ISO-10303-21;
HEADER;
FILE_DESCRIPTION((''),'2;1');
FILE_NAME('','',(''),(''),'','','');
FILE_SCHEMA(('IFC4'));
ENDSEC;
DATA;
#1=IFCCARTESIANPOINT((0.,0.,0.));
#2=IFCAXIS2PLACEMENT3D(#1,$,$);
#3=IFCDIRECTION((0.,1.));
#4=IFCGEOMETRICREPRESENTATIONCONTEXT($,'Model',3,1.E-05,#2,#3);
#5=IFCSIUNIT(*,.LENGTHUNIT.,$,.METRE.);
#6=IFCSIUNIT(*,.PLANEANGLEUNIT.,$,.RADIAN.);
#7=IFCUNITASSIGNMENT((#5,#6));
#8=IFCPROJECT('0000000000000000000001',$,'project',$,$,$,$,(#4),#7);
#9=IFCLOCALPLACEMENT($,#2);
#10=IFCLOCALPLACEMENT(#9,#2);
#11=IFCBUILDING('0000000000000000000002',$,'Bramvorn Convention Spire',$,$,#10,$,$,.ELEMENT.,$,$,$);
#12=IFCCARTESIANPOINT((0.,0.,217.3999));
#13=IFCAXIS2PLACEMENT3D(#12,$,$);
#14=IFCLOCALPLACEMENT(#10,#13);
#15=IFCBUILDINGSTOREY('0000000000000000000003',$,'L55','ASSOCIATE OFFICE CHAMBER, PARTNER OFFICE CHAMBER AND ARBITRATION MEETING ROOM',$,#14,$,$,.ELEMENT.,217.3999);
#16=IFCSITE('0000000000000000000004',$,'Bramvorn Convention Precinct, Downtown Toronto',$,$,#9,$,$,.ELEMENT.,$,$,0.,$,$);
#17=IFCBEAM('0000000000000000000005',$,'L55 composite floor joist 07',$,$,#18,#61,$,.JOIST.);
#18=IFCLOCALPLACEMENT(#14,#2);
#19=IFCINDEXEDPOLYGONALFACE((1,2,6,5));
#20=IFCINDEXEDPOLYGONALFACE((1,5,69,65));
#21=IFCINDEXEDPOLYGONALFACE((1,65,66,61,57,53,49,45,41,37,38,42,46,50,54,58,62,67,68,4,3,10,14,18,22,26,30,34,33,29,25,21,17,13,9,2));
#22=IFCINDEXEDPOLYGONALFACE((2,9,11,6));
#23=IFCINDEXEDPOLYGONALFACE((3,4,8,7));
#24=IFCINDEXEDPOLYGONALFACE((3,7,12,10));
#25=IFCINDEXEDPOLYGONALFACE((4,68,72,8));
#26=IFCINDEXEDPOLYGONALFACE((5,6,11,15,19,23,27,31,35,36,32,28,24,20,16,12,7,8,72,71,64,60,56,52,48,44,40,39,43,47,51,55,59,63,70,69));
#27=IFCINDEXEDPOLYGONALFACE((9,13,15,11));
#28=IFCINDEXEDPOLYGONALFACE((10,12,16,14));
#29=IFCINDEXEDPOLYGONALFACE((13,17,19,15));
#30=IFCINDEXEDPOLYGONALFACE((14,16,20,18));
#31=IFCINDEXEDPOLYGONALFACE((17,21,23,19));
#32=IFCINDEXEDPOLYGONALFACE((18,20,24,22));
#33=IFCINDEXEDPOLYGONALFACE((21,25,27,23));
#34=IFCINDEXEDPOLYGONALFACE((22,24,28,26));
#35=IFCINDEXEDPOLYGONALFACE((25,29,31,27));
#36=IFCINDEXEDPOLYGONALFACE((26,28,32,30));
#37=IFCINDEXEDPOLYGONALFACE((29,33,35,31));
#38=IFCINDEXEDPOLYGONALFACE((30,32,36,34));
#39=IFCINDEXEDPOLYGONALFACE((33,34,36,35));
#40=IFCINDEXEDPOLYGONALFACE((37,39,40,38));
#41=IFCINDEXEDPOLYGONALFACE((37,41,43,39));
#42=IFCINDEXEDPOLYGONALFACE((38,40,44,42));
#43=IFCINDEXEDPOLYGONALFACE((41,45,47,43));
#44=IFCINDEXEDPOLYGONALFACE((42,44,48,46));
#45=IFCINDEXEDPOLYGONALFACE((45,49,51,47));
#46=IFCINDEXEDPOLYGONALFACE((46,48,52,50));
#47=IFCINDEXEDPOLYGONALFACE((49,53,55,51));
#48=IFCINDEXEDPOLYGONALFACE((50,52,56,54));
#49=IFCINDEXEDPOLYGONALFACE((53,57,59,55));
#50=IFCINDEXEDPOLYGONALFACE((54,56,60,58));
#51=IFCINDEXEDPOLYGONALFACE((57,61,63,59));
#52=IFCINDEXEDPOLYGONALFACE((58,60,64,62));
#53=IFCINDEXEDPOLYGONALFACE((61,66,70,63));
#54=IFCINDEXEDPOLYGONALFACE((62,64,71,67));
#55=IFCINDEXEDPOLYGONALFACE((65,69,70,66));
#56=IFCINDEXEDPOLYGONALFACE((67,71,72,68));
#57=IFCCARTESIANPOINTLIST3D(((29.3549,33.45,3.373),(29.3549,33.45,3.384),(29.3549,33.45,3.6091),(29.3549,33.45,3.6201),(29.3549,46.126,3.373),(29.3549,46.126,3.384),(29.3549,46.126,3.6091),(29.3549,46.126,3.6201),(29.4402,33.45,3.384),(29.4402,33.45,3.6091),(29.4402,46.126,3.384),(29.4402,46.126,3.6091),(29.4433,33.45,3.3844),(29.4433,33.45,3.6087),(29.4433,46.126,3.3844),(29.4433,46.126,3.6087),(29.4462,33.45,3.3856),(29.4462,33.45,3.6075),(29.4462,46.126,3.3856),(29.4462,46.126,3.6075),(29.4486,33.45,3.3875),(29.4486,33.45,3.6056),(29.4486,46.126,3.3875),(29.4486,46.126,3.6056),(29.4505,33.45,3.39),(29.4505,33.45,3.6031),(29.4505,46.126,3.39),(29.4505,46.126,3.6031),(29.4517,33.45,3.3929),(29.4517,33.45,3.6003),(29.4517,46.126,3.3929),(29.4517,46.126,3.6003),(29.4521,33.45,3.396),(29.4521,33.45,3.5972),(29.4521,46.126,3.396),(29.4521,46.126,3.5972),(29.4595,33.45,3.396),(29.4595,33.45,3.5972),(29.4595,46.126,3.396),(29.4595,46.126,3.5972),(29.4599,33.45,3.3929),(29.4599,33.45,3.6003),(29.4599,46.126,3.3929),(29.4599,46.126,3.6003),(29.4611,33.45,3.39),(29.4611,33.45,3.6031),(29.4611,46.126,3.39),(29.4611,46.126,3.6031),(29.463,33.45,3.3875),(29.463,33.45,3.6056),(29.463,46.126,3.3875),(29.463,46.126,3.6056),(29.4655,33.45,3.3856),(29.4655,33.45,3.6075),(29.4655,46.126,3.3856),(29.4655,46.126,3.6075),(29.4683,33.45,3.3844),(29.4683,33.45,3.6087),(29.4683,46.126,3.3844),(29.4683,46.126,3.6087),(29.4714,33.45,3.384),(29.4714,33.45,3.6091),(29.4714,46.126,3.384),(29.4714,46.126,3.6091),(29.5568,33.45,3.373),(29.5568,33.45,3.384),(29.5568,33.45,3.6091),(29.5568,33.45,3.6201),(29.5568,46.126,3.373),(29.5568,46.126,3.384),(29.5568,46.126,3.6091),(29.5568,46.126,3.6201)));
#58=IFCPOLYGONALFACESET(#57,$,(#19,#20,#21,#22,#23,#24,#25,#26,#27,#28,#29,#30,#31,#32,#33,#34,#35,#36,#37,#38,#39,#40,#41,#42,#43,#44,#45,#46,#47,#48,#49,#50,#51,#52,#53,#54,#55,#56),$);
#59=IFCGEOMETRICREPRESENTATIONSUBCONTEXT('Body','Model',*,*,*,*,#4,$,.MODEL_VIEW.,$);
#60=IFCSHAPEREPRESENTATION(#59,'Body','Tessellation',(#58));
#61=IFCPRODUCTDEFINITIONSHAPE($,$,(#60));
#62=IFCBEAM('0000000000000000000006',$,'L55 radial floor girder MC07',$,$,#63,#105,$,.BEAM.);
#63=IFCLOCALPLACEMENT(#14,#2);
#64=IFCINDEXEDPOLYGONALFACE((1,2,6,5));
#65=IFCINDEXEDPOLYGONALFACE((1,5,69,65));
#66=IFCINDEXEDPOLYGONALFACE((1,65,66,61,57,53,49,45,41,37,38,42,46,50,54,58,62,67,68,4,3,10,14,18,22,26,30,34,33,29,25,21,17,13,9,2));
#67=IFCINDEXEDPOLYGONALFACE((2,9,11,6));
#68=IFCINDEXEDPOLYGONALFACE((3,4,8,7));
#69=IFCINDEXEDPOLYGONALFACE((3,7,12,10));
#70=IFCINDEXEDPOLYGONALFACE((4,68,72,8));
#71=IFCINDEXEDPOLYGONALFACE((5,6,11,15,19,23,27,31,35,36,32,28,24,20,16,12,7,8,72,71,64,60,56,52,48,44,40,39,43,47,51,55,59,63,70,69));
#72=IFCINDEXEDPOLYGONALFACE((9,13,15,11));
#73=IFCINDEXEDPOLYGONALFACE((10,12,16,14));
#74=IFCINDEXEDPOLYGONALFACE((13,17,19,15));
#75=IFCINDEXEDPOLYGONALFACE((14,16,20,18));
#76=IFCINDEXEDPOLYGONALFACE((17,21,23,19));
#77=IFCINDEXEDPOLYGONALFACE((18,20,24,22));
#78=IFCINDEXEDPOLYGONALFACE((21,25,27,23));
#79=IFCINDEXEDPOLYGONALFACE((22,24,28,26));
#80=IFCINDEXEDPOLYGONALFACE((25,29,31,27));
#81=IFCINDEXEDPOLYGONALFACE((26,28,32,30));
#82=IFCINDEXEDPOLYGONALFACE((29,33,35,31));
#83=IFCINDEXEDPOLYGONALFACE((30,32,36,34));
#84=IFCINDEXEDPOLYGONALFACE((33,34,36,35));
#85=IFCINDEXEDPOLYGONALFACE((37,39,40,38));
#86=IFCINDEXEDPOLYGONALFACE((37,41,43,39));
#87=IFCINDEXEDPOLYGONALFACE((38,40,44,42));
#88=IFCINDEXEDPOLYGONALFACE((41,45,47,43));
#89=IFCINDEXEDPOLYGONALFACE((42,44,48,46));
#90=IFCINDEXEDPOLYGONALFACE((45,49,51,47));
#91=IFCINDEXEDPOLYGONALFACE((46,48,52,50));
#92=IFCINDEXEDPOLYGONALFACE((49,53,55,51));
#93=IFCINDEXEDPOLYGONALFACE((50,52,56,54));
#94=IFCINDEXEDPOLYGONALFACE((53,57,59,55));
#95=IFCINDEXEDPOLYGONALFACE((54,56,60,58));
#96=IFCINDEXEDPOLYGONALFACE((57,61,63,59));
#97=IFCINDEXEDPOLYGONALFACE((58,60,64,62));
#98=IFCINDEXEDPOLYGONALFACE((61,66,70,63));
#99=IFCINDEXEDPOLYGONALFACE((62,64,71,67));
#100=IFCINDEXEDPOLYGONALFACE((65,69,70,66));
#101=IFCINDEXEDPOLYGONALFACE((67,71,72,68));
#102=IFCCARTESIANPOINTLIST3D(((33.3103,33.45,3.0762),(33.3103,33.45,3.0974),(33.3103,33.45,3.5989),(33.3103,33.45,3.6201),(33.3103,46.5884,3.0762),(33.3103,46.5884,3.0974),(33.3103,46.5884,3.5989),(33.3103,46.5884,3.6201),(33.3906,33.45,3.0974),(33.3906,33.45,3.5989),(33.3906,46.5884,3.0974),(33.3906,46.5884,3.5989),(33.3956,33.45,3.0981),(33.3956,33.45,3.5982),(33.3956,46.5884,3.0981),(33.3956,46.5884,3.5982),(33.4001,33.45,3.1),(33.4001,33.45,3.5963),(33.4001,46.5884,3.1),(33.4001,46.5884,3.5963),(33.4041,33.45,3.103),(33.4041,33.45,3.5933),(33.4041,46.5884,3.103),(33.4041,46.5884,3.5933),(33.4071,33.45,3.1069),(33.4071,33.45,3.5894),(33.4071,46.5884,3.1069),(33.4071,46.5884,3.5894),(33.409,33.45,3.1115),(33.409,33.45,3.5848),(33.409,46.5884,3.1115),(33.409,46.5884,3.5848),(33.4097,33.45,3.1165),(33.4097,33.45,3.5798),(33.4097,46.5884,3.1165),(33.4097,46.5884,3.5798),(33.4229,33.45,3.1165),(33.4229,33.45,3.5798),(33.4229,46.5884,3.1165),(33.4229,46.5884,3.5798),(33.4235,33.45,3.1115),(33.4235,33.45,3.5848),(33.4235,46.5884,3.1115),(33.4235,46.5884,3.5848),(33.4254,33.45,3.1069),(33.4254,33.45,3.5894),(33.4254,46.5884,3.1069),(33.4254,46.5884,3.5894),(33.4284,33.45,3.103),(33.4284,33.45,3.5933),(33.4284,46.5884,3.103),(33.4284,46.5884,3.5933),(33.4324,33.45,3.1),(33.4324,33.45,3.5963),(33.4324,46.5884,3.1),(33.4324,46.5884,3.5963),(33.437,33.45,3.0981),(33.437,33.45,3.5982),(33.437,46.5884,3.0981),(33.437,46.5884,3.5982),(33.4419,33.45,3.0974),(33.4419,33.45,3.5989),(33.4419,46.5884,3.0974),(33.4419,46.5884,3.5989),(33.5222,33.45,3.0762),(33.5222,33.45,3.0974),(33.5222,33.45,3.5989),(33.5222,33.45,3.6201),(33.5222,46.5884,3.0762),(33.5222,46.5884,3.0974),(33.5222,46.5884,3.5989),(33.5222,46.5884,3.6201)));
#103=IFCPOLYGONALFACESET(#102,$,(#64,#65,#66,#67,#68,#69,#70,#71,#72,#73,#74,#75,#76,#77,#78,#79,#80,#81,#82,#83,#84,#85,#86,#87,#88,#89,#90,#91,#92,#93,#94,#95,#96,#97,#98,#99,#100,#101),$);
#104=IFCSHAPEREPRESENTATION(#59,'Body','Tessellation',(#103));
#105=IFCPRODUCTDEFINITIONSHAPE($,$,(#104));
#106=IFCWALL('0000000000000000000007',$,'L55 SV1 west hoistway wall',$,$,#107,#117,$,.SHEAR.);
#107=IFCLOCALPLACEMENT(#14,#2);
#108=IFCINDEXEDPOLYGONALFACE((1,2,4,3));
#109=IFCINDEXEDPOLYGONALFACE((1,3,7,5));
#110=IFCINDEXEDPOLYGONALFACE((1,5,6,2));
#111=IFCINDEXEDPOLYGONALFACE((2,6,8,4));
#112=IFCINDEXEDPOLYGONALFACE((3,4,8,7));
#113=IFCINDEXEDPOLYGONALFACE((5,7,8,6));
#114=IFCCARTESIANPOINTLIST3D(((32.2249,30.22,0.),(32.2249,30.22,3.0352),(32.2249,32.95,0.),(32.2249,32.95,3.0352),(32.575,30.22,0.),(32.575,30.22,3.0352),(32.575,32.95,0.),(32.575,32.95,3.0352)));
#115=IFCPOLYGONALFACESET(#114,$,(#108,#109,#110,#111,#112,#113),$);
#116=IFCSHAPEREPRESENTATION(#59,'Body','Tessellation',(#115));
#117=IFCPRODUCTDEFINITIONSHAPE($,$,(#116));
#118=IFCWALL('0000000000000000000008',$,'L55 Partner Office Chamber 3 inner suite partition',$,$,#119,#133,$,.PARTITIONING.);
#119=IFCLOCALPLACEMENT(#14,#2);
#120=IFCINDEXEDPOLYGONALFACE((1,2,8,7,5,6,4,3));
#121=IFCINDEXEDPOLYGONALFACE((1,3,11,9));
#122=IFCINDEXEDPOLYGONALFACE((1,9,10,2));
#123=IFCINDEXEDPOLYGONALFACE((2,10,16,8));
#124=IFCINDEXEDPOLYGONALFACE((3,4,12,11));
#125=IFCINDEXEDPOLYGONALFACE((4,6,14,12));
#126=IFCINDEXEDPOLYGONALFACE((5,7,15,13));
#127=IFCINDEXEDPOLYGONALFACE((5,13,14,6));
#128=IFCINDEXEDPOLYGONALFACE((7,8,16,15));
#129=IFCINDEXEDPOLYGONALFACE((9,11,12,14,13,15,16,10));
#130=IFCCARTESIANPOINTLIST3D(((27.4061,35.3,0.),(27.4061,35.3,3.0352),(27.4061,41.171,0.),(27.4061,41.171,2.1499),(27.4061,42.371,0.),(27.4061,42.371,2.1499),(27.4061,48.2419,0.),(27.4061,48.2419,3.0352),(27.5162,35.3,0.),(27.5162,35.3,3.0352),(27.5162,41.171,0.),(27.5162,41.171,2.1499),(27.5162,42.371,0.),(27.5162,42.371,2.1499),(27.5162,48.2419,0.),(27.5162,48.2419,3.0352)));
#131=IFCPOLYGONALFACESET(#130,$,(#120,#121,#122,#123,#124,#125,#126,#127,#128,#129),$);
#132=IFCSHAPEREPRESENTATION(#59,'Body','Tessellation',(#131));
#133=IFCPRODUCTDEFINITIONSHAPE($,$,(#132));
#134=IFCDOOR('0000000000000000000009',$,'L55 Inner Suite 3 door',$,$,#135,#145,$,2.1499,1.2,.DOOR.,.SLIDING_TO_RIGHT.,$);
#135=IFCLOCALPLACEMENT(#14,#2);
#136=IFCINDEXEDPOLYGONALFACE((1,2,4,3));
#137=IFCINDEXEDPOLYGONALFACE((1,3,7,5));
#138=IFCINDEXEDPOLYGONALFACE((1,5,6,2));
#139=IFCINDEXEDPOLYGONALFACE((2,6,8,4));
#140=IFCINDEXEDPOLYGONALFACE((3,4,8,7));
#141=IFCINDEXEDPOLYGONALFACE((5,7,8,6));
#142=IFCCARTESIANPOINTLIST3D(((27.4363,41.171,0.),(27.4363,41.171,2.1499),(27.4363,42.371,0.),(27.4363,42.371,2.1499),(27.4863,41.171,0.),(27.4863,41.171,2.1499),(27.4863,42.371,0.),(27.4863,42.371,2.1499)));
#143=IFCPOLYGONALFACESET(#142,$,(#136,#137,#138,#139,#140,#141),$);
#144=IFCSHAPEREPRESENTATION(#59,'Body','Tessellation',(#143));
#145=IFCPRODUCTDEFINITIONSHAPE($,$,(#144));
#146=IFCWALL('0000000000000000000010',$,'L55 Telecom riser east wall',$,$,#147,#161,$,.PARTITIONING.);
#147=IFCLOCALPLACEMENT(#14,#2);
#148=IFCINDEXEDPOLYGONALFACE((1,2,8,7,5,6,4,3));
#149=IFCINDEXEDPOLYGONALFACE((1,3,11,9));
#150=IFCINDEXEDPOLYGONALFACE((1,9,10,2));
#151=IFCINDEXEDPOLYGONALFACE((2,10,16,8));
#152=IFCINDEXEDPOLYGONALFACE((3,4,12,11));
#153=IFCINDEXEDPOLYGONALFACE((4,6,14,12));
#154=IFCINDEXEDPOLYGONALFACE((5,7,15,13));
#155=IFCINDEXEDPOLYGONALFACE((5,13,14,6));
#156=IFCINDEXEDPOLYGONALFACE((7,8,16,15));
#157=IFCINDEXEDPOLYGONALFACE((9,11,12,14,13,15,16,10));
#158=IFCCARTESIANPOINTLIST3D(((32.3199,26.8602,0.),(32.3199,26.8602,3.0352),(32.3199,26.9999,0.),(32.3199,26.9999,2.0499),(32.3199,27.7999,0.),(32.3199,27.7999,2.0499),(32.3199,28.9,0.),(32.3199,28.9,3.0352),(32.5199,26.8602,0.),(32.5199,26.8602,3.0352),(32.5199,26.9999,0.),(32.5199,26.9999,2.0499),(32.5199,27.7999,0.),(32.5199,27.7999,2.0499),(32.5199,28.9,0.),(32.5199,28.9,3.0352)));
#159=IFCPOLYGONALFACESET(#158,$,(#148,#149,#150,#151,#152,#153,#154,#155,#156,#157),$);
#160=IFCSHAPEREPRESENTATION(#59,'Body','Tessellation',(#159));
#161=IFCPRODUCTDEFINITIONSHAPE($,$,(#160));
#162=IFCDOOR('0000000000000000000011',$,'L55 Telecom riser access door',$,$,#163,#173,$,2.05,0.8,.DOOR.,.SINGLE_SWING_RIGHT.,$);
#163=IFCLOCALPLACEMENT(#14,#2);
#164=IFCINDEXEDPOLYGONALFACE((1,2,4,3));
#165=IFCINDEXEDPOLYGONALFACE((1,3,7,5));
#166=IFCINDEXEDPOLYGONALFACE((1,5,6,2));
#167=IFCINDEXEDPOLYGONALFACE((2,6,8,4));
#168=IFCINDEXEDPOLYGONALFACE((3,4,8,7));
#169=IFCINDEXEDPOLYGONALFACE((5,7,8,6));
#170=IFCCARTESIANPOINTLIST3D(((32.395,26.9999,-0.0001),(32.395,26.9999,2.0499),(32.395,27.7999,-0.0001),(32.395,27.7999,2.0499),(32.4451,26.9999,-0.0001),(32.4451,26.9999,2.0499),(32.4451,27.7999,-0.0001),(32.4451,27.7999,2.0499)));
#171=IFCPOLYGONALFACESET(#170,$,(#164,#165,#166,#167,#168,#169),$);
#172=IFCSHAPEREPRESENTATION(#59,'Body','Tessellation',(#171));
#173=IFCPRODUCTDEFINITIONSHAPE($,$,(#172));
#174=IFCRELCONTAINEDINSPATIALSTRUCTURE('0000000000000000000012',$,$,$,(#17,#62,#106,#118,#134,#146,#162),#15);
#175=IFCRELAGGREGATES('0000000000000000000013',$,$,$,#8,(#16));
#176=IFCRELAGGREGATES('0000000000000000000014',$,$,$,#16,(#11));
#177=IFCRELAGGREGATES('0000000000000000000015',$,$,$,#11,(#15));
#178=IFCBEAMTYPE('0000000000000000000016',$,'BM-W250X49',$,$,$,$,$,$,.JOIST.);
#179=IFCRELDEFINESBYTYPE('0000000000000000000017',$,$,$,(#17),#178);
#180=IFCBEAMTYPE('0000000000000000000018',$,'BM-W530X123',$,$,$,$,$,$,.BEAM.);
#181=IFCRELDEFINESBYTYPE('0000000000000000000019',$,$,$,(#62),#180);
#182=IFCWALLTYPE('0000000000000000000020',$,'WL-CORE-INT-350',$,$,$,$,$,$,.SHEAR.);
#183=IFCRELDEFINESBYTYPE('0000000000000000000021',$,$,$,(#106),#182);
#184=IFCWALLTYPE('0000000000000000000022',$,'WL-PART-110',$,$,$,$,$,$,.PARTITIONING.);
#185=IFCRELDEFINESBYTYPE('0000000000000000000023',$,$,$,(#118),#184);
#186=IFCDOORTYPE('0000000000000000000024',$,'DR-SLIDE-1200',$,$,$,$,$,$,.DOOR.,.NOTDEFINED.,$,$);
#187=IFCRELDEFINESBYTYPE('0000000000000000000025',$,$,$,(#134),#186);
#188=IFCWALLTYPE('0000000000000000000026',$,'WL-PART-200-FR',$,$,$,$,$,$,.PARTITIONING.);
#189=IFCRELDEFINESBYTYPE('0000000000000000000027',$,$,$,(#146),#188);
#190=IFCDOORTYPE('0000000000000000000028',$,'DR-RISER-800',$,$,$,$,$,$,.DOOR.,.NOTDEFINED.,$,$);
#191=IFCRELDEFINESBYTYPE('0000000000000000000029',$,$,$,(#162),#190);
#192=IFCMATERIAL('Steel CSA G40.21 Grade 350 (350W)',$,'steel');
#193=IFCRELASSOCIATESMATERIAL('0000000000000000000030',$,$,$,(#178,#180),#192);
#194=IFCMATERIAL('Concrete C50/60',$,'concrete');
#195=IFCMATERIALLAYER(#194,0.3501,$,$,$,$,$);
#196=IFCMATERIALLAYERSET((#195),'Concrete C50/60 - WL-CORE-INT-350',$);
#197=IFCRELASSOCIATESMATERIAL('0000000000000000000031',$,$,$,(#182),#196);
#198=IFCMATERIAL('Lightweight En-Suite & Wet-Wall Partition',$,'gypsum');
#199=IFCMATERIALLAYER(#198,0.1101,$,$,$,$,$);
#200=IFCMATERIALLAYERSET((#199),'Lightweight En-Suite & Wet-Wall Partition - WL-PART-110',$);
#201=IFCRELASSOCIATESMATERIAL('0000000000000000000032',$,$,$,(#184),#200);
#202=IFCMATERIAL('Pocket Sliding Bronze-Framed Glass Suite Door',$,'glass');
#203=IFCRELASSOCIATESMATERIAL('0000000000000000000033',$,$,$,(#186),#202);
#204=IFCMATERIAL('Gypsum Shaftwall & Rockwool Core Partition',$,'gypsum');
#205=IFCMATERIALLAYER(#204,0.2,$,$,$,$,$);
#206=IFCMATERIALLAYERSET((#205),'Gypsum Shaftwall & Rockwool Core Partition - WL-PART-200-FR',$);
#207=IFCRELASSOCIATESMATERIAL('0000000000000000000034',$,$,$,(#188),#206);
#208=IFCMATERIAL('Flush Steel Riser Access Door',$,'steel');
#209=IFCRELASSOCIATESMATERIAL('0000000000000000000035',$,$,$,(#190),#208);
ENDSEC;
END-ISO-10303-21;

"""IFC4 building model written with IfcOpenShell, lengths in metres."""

from ifc_helpers import new_model, si_unit, direction, frame, frame_2d, origin, origin_2d, place, context, subcontext, project, spatial, rectangle, i_section, extrude, material, layer, layer_set, material_profile, profile_set, type_object, element, fill, save


model = new_model("IFC4")

# Units and contexts
model_context = context("Model", 3, precision=1e-05, world=origin(), true_north=direction((0.0, 1.0)))
body_context = subcontext(model_context, "Body", "Model", "MODEL_VIEW")
ifc_project = project(units=[si_unit("LENGTHUNIT", "METRE"), si_unit("PLANEANGLEUNIT", "RADIAN")], contexts=[model_context])

# Site, building, storey
site_placement = place(None, origin())
site = spatial("IfcSite", under=ifc_project, at=site_placement, Name="Bramvorn Convention Precinct, Downtown Toronto", CompositionType="ELEMENT", RefElevation=0.0)
building_placement = place(site_placement, origin())
building = spatial("IfcBuilding", under=site, at=building_placement, Name="Bramvorn Convention Spire", CompositionType="ELEMENT")
storey_placement = place(building_placement, frame((0.0, 0.0, 217.3999)))
storey = spatial("IfcBuildingStorey", under=building, at=storey_placement, Name="L55", Description="ASSOCIATE OFFICE CHAMBER, PARTNER OFFICE CHAMBER AND ARBITRATION MEETING ROOM", CompositionType="ELEMENT", Elevation=217.3999)

# Beams
ifc_material_1 = material(Name="Steel CSA G40.21 Grade 350 (350W)", Category="steel")
ifc_material_profile_1 = material_profile(ifc_material_1, i_section(OverallWidth=0.2019, OverallDepth=0.2471, WebThickness=0.0073, FlangeThickness=0.011, FilletRadius=0.012, at=origin_2d()))
ifc_profile_set_1 = profile_set([ifc_material_profile_1], Name="Steel CSA G40.21 Grade 350 (350W) - W250X49")
beam_type_1 = type_object("IfcBeamType", Name="BM-W250X49", PredefinedType="JOIST", material=ifc_profile_set_1)
beam_1_placement = place(storey_placement, frame((29.4558, 33.45, 3.4966), z_axis=(0.0, 1.0, 0.0), x_axis=(-1.0, 0.0, 0.0)))
element("IfcBeam", 1, at=beam_1_placement, inside=storey, type_object=beam_type_1, Name="L55 composite floor joist 07", PredefinedType="JOIST", context=body_context, shape_type="SweptSolid", body=[
    extrude(i_section(OverallWidth=0.2019, OverallDepth=0.2471, WebThickness=0.0073, FlangeThickness=0.011, FilletRadius=0.012, at=origin_2d()), origin(), (0.0, 0.0, 1.0), 12.676),
])
ifc_material_profile_2 = material_profile(ifc_material_1, i_section(OverallWidth=0.2119, OverallDepth=0.5439, WebThickness=0.0132, FlangeThickness=0.0212, FilletRadius=0.019, at=origin_2d()))
ifc_profile_set_2 = profile_set([ifc_material_profile_2], Name="Steel CSA G40.21 Grade 350 (350W) - W530X123")
beam_type_2 = type_object("IfcBeamType", Name="BM-W530X123", PredefinedType="BEAM", material=ifc_profile_set_2)
beam_2_placement = place(storey_placement, frame((33.4163, 33.45, 3.3481), z_axis=(0.0, 1.0, 0.0), x_axis=(-1.0, 0.0, 0.0)))
element("IfcBeam", 2, at=beam_2_placement, inside=storey, type_object=beam_type_2, Name="L55 radial floor girder MC07", PredefinedType="BEAM", context=body_context, shape_type="SweptSolid", body=[
    extrude(i_section(OverallWidth=0.2119, OverallDepth=0.5439, WebThickness=0.0132, FlangeThickness=0.0212, FilletRadius=0.019, at=origin_2d()), origin(), (0.0, 0.0, 1.0), 13.1384),
])

# Shared definitions
ifc_material_2 = material(Name="Concrete C50/60", Category="concrete")
ifc_layer_1 = layer(ifc_material_2, 0.3501)
ifc_layer_set_1 = layer_set([ifc_layer_1], Name="Concrete C50/60 - WL-CORE-INT-350")
wall_type_1 = type_object("IfcWallType", Name="WL-CORE-INT-350", PredefinedType="SHEAR", material=ifc_layer_set_1)

# Wall
wall_1_placement = place(storey_placement, frame((32.3999, 30.22, 0.0), z_axis=(0.0, 0.0, 1.0), x_axis=(0.0, 1.0, 0.0)))
element("IfcWall", 3, at=wall_1_placement, inside=storey, type_object=wall_type_1, Name="L55 SV1 west hoistway wall", PredefinedType="SHEAR", context=body_context, shape_type="SweptSolid", body=[
    extrude(rectangle(XDim=2.73, YDim=0.3501, at=frame_2d((1.365, 0.0))), origin(), (0.0, 0.0, 1.0), 3.0352),
])

# Walls, openings, doors
ifc_material_3 = material(Name="Lightweight En-Suite & Wet-Wall Partition", Category="gypsum")
ifc_layer_2 = layer(ifc_material_3, 0.1101)
ifc_layer_set_2 = layer_set([ifc_layer_2], Name="Lightweight En-Suite & Wet-Wall Partition - WL-PART-110")
wall_type_2 = type_object("IfcWallType", Name="WL-PART-110", PredefinedType="PARTITIONING", material=ifc_layer_set_2)
wall_2_placement = place(storey_placement, frame((27.4612, 35.3, 0.0), z_axis=(0.0, 0.0, 1.0), x_axis=(0.0, 1.0, 0.0)))
wall_2 = element("IfcWall", 4, at=wall_2_placement, inside=storey, type_object=wall_type_2, Name="L55 Partner Office Chamber 3 inner suite partition", PredefinedType="PARTITIONING", context=body_context, shape_type="SweptSolid", body=[
    extrude(rectangle(XDim=12.9419, YDim=0.1101, at=frame_2d((6.4709, 0.0))), origin(), (0.0, 0.0, 1.0), 3.0352),
])
opening_1_placement = place(wall_2_placement, frame((5.8708, 0.0, 0.0)))
opening_1 = element("IfcOpeningElement", 5, at=opening_1_placement, cuts=wall_2, PredefinedType="OPENING", context=body_context, shape_type="SweptSolid", body=[
    extrude(rectangle(XDim=1.2, YDim=2.1499, at=frame_2d((0.6001, 1.075))), frame((0.0, 0.0649, 0.0), z_axis=(0.0, -1.0, 0.0), x_axis=(1.0, 0.0, 0.0)), (0.0, 0.0, 1.0), 0.1301),
])
ifc_material_4 = material(Name="Pocket Sliding Bronze-Framed Glass Suite Door", Category="glass")
door_type_1 = type_object("IfcDoorType", Name="DR-SLIDE-1200", OperationType="NOTDEFINED", PredefinedType="DOOR", material=ifc_material_4)
door_1_placement = place(opening_1_placement, origin())
door_1 = element("IfcDoor", 6, at=door_1_placement, inside=storey, type_object=door_type_1, Name="L55 Inner Suite 3 door", OperationType="SLIDING_TO_RIGHT", OverallHeight=2.1499, OverallWidth=1.2, PredefinedType="DOOR", context=body_context, shape_type="SweptSolid", body=[
    extrude(rectangle(XDim=1.2, YDim=2.1499, at=frame_2d((0.6001, 1.075))), frame((0.0, 0.0249, 0.0), z_axis=(0.0, -1.0, 0.0), x_axis=(1.0, 0.0, 0.0)), (0.0, 0.0, 1.0), 0.05),
])
fill(opening_1, door_1)
ifc_material_5 = material(Name="Gypsum Shaftwall & Rockwool Core Partition", Category="gypsum")
ifc_layer_3 = layer(ifc_material_5, 0.2)
ifc_layer_set_3 = layer_set([ifc_layer_3], Name="Gypsum Shaftwall & Rockwool Core Partition - WL-PART-200-FR")
wall_type_3 = type_object("IfcWallType", Name="WL-PART-200-FR", PredefinedType="PARTITIONING", material=ifc_layer_set_3)
wall_3_placement = place(storey_placement, frame((32.4199, 26.8601, 0.0), z_axis=(0.0, 0.0, 1.0), x_axis=(0.0, 1.0, 0.0)))
wall_3 = element("IfcWall", 7, at=wall_3_placement, inside=storey, type_object=wall_type_3, Name="L55 Telecom riser east wall", PredefinedType="PARTITIONING", context=body_context, shape_type="SweptSolid", body=[
    extrude(rectangle(XDim=2.0398, YDim=0.2, at=frame_2d((1.02, 0.0))), origin(), (0.0, 0.0, 1.0), 3.0352),
])
opening_2_placement = place(wall_3_placement, frame((0.1399, 0.0, 0.0)))
opening_2 = element("IfcOpeningElement", 8, at=opening_2_placement, cuts=wall_3, PredefinedType="OPENING", context=body_context, shape_type="SweptSolid", body=[
    extrude(rectangle(XDim=0.8, YDim=2.05, at=frame_2d((0.3999, 1.0249))), frame((0.0, 0.1099, 0.0), z_axis=(0.0, -1.0, 0.0), x_axis=(1.0, 0.0, 0.0)), (0.0, 0.0, 1.0), 0.22),
])
ifc_material_6 = material(Name="Flush Steel Riser Access Door", Category="steel")
door_type_2 = type_object("IfcDoorType", Name="DR-RISER-800", OperationType="NOTDEFINED", PredefinedType="DOOR", material=ifc_material_6)
door_2_placement = place(opening_2_placement, origin())
door_2 = element("IfcDoor", 9, at=door_2_placement, inside=storey, type_object=door_type_2, Name="L55 Telecom riser access door", OperationType="SINGLE_SWING_RIGHT", OverallHeight=2.05, OverallWidth=0.8, PredefinedType="DOOR", context=body_context, shape_type="SweptSolid", body=[
    extrude(rectangle(XDim=0.8, YDim=2.05, at=frame_2d((0.3999, 1.0249))), frame((0.0, 0.0249, 0.0), z_axis=(0.0, -1.0, 0.0), x_axis=(1.0, 0.0, 0.0)), (0.0, 0.0, 1.0), 0.05),
])
fill(opening_2, door_2)

save(model, "model.ifc")
